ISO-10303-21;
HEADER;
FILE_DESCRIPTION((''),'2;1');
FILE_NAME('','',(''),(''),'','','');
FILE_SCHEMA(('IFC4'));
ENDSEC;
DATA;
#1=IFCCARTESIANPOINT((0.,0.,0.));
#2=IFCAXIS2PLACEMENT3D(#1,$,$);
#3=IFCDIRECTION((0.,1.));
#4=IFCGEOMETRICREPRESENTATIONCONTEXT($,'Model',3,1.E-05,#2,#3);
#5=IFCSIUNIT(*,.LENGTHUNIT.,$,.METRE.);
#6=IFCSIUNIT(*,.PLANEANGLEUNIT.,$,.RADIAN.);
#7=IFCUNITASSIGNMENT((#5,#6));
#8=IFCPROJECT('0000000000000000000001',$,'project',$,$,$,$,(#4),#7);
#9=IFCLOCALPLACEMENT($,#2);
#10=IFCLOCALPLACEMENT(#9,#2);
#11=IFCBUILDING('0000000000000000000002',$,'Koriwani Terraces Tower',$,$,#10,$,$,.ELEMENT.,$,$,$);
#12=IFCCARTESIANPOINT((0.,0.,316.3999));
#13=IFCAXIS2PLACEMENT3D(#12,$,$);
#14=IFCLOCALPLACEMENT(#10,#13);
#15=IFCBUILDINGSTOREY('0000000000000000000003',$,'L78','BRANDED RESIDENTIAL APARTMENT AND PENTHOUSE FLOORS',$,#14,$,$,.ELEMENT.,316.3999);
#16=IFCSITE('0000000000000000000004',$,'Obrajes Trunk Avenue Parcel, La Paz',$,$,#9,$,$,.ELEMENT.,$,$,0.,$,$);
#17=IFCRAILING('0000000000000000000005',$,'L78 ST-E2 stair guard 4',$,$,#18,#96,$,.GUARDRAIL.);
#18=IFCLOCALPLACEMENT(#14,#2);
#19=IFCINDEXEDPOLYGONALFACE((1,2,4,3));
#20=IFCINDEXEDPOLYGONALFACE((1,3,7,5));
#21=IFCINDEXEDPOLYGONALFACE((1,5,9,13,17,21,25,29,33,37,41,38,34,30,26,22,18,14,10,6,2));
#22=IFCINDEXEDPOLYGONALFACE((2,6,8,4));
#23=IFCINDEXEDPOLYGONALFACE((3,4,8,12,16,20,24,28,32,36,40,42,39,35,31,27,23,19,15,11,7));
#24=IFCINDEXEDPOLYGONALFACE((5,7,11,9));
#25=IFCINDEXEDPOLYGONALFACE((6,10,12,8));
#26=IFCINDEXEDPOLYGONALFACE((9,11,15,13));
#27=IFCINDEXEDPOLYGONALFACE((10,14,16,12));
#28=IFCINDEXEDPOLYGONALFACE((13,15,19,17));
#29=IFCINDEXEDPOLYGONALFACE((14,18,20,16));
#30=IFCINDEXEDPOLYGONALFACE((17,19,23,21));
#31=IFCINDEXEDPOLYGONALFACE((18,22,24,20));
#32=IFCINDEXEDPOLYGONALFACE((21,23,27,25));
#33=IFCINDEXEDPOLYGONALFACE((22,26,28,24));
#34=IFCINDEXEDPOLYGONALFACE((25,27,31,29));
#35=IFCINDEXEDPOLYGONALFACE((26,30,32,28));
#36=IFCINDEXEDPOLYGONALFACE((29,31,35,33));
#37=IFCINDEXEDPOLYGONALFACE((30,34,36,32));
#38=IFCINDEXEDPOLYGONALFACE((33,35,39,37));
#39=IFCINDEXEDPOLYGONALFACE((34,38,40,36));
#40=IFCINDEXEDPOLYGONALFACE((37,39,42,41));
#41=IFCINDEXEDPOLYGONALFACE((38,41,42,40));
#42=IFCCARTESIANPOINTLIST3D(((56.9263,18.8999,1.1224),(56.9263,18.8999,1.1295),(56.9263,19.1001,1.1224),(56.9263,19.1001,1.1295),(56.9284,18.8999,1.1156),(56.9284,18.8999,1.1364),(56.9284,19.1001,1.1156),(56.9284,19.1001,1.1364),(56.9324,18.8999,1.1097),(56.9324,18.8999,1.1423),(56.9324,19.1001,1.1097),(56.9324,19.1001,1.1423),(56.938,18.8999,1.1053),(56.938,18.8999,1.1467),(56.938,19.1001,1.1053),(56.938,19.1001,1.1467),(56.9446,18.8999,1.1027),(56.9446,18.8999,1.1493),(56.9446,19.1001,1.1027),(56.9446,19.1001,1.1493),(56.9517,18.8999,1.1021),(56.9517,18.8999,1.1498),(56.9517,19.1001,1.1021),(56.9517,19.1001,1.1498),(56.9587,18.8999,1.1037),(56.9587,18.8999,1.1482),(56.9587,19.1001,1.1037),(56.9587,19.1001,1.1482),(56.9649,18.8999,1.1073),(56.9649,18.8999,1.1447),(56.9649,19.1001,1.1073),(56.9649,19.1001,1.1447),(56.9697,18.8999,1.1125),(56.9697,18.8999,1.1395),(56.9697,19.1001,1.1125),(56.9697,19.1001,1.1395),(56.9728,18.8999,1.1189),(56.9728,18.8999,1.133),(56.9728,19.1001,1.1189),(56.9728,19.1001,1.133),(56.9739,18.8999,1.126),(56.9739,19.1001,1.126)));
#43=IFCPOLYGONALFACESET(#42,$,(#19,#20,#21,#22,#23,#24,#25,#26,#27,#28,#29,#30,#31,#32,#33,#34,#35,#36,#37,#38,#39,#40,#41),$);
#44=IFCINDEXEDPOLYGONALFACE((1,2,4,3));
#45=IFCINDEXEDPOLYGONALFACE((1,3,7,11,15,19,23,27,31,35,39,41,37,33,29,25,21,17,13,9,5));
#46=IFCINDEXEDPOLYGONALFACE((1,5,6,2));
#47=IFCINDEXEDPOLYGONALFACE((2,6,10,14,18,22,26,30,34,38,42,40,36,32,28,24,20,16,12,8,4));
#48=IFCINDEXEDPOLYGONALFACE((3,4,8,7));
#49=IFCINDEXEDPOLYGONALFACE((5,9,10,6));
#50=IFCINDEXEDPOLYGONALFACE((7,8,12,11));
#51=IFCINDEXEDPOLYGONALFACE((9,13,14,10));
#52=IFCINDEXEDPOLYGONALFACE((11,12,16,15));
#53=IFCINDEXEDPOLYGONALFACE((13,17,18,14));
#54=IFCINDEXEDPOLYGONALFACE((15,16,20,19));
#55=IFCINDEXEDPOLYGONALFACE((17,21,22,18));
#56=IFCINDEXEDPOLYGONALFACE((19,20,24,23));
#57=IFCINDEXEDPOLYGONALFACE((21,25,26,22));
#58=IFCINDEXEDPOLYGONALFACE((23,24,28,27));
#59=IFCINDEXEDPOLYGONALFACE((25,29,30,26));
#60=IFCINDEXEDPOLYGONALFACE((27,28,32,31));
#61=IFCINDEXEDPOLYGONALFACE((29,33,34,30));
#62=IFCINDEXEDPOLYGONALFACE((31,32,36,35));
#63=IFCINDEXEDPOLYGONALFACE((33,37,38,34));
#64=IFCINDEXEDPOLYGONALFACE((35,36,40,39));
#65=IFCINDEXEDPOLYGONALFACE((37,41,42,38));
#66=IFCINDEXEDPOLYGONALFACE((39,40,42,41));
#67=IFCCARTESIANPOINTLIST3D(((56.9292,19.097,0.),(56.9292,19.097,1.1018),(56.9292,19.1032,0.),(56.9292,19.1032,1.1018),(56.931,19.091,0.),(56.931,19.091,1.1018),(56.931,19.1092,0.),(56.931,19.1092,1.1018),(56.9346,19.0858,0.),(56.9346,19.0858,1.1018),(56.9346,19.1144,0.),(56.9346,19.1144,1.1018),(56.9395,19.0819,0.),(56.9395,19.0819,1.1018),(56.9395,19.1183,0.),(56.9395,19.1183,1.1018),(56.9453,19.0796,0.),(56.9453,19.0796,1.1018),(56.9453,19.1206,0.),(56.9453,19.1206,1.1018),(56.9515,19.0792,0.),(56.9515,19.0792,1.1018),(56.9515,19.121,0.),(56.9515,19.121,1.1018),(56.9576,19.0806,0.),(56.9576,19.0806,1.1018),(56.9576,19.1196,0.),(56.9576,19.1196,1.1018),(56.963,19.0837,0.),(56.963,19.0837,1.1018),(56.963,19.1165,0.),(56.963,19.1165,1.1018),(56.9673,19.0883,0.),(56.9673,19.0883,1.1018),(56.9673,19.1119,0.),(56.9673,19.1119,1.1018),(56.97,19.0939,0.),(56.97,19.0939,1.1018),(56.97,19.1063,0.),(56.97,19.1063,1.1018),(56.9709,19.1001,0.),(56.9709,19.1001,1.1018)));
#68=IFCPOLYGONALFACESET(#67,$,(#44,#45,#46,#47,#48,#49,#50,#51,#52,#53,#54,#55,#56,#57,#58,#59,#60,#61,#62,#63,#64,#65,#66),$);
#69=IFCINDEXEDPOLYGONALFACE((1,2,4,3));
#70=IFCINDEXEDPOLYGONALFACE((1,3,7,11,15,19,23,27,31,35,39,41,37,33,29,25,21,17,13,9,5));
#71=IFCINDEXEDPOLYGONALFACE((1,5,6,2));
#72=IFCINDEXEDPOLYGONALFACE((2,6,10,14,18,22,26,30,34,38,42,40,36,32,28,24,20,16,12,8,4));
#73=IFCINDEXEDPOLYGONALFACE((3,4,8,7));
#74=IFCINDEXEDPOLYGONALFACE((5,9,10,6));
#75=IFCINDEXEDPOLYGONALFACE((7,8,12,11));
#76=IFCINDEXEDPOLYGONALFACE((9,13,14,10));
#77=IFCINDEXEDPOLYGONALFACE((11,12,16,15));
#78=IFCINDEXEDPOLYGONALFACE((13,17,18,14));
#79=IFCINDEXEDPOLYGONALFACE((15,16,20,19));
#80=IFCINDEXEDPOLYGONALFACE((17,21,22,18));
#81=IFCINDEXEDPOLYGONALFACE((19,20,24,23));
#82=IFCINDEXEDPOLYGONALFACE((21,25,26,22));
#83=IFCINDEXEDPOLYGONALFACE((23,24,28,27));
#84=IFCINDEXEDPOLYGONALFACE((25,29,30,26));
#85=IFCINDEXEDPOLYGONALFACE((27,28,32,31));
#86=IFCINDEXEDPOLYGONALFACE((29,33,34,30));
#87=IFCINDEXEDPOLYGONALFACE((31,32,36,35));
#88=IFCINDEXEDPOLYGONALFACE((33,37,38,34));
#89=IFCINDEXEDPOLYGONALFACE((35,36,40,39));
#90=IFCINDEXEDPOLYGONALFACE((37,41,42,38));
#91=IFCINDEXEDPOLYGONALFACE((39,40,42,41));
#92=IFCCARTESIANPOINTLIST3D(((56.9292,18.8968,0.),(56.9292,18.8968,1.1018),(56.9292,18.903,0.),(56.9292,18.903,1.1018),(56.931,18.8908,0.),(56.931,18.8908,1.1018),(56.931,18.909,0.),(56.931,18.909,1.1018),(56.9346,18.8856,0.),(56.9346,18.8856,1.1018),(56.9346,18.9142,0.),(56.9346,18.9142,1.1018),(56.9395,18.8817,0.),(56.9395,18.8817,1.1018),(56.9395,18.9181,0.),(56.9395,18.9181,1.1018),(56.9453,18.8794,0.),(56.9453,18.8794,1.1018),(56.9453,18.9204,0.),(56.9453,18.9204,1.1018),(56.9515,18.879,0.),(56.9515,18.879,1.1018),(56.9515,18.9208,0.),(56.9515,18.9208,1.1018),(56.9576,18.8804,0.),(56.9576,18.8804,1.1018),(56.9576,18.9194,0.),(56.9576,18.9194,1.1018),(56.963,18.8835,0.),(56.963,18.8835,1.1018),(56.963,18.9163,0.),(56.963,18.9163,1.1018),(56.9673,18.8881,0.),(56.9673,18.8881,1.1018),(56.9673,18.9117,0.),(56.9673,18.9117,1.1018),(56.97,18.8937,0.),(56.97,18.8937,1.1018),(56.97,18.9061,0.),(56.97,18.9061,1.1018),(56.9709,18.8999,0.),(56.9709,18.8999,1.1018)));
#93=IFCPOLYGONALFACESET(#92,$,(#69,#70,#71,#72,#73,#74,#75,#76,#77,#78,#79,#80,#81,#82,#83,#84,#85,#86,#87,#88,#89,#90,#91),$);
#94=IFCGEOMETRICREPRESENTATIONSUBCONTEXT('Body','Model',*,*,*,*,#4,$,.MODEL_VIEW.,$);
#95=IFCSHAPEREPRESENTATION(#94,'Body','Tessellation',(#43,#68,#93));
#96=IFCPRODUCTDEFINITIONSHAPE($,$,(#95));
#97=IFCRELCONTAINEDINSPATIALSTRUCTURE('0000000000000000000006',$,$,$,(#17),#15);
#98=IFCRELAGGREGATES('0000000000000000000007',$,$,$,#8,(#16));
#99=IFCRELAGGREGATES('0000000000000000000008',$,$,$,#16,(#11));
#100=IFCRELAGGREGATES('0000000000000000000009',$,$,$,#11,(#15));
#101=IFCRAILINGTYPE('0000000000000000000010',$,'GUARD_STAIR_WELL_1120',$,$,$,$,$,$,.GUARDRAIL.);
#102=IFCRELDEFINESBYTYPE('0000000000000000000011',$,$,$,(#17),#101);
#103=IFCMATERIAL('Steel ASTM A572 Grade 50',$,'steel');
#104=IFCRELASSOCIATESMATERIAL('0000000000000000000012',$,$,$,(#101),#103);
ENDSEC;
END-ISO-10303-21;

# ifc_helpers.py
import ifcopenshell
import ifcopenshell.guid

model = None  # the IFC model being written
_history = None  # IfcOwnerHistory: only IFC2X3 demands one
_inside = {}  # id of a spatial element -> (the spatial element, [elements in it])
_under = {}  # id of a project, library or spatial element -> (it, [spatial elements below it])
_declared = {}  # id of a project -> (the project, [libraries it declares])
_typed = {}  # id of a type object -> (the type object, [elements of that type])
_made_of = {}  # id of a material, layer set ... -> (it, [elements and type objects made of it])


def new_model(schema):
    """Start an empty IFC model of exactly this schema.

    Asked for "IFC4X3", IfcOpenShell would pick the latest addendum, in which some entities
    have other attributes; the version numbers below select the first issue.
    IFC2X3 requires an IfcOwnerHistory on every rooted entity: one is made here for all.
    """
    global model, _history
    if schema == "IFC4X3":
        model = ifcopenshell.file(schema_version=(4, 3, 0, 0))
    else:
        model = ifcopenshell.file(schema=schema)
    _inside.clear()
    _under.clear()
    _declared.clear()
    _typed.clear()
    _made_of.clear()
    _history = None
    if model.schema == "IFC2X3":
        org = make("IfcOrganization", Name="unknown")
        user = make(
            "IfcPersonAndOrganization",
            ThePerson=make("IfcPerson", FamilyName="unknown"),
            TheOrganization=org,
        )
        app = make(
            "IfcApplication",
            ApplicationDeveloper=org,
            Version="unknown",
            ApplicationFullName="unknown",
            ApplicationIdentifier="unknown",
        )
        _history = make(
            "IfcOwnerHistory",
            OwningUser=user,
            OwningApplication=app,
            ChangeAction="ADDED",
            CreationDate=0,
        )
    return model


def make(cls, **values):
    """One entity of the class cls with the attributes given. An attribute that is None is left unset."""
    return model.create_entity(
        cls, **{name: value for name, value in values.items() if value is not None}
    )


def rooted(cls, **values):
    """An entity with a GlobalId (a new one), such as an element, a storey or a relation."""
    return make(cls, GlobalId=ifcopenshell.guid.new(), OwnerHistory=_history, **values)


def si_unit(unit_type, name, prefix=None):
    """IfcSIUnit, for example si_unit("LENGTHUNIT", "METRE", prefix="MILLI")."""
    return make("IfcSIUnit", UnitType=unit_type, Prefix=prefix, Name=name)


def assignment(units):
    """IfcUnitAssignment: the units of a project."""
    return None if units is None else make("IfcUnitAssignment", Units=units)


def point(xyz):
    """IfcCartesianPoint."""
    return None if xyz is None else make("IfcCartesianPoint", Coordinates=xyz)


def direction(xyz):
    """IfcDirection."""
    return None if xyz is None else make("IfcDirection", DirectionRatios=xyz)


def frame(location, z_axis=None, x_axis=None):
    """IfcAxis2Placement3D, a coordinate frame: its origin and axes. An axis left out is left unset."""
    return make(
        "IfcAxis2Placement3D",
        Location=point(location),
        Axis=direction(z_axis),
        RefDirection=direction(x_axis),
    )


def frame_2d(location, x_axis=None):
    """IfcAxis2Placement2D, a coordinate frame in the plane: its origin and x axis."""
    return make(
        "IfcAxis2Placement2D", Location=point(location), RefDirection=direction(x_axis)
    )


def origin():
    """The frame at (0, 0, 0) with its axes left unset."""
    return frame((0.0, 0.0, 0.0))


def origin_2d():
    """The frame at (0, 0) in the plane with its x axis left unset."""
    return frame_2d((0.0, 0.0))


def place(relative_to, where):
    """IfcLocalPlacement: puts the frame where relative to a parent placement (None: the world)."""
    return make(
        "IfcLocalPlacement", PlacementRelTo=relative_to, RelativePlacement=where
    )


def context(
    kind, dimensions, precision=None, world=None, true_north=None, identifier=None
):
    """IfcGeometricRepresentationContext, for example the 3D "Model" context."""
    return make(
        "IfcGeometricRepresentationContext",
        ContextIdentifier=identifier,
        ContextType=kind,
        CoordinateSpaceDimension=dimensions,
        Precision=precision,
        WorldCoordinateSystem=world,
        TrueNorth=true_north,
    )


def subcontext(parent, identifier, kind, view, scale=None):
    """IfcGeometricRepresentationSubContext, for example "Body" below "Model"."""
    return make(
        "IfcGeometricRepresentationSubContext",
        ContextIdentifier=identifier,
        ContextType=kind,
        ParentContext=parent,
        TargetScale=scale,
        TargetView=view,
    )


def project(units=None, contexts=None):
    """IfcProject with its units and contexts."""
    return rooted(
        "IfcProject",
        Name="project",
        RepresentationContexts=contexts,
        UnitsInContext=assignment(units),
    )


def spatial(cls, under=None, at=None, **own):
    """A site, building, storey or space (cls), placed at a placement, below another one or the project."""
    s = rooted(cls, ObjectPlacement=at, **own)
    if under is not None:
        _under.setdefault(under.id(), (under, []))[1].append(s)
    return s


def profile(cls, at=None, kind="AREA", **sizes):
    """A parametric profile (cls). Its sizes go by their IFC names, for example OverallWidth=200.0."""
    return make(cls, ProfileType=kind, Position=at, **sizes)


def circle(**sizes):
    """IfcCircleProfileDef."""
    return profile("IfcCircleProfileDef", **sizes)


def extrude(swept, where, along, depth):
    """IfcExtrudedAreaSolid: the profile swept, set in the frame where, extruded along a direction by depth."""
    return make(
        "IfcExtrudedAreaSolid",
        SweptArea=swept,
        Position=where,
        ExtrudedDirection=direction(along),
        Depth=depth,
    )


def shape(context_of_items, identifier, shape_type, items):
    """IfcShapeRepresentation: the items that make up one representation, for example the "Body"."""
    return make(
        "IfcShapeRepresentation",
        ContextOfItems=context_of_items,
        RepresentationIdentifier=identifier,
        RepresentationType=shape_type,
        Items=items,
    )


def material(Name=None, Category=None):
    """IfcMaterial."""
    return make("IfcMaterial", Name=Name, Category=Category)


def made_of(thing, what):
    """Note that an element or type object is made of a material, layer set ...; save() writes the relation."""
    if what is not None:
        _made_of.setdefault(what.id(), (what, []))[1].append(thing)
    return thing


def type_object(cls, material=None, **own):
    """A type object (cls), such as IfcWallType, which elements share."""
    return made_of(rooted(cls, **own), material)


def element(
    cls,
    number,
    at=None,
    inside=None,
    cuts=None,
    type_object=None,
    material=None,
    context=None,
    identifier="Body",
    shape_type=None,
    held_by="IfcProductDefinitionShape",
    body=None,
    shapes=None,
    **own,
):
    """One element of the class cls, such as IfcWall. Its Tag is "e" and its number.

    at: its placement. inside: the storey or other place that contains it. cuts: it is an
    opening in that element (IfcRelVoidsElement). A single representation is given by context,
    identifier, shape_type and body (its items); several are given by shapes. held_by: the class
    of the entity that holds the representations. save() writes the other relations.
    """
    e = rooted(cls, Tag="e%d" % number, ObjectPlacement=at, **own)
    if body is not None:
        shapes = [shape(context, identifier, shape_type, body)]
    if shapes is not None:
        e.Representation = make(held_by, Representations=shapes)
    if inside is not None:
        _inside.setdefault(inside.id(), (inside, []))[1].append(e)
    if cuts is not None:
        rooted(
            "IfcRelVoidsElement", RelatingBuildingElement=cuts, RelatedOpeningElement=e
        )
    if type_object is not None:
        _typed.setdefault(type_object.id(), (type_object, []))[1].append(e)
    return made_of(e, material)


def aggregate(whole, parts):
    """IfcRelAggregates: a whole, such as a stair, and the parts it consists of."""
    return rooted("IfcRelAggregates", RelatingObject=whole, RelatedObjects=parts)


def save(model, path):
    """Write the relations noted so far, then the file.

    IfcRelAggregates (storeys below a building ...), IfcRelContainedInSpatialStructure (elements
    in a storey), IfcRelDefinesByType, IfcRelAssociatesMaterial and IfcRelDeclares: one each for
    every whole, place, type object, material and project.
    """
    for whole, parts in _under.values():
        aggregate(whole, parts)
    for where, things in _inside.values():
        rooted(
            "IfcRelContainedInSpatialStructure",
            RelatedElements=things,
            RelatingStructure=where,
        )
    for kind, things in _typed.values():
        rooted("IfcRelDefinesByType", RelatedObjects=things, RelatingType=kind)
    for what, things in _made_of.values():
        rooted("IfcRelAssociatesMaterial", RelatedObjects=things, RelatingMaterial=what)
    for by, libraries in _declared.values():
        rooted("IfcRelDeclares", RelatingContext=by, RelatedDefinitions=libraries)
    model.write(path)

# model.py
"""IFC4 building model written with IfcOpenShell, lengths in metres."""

from ifc_helpers import new_model, si_unit, direction, frame, origin, origin_2d, place, context, subcontext, project, spatial, circle, extrude, material, type_object, element, save


model = new_model("IFC4")

# Units and contexts
model_context = context("Model", 3, precision=1e-05, world=origin(), true_north=direction((0.0, 1.0)))
body_context = subcontext(model_context, "Body", "Model", "MODEL_VIEW")
ifc_project = project(units=[si_unit("LENGTHUNIT", "METRE"), si_unit("PLANEANGLEUNIT", "RADIAN")], contexts=[model_context])

# Site, building, storey
site_placement = place(None, origin())
site = spatial("IfcSite", under=ifc_project, at=site_placement, Name="Obrajes Trunk Avenue Parcel, La Paz", CompositionType="ELEMENT", RefElevation=0.0)
building_placement = place(site_placement, origin())
building = spatial("IfcBuilding", under=site, at=building_placement, Name="Koriwani Terraces Tower", CompositionType="ELEMENT")
storey_placement = place(building_placement, frame((0.0, 0.0, 316.3999)))
storey = spatial("IfcBuildingStorey", under=building, at=storey_placement, Name="L78", Description="BRANDED RESIDENTIAL APARTMENT AND PENTHOUSE FLOORS", CompositionType="ELEMENT", Elevation=316.3999)

# Shared definitions
ifc_material_1 = material(Name="Steel ASTM A572 Grade 50", Category="steel")

# Railing
railing_type = type_object("IfcRailingType", Name="GUARD_STAIR_WELL_1120", PredefinedType="GUARDRAIL", material=ifc_material_1)
railing_1_placement = place(storey_placement, frame((56.95, 19.1001, 0.0)))
element("IfcRailing", 1, at=railing_1_placement, inside=storey, type_object=railing_type, Name="L78 ST-E2 stair guard 4", PredefinedType="GUARDRAIL", context=body_context, shape_type="SweptSolid", body=[
    extrude(circle(Radius=0.0239, at=origin_2d()), frame((0.0, 0.0, 1.126), z_axis=(0.0, -1.0, 0.0), x_axis=(1.0, 0.0, 0.0)), (0.0, 0.0, 1.0), 0.2002),
    extrude(circle(Radius=0.021, at=origin_2d()), origin(), (0.0, 0.0, 1.0), 1.1018),
    extrude(circle(Radius=0.021, at=origin_2d()), frame((0.0, -0.2002, 0.0)), (0.0, 0.0, 1.0), 1.1018),
])

save(model, "model.ifc")
